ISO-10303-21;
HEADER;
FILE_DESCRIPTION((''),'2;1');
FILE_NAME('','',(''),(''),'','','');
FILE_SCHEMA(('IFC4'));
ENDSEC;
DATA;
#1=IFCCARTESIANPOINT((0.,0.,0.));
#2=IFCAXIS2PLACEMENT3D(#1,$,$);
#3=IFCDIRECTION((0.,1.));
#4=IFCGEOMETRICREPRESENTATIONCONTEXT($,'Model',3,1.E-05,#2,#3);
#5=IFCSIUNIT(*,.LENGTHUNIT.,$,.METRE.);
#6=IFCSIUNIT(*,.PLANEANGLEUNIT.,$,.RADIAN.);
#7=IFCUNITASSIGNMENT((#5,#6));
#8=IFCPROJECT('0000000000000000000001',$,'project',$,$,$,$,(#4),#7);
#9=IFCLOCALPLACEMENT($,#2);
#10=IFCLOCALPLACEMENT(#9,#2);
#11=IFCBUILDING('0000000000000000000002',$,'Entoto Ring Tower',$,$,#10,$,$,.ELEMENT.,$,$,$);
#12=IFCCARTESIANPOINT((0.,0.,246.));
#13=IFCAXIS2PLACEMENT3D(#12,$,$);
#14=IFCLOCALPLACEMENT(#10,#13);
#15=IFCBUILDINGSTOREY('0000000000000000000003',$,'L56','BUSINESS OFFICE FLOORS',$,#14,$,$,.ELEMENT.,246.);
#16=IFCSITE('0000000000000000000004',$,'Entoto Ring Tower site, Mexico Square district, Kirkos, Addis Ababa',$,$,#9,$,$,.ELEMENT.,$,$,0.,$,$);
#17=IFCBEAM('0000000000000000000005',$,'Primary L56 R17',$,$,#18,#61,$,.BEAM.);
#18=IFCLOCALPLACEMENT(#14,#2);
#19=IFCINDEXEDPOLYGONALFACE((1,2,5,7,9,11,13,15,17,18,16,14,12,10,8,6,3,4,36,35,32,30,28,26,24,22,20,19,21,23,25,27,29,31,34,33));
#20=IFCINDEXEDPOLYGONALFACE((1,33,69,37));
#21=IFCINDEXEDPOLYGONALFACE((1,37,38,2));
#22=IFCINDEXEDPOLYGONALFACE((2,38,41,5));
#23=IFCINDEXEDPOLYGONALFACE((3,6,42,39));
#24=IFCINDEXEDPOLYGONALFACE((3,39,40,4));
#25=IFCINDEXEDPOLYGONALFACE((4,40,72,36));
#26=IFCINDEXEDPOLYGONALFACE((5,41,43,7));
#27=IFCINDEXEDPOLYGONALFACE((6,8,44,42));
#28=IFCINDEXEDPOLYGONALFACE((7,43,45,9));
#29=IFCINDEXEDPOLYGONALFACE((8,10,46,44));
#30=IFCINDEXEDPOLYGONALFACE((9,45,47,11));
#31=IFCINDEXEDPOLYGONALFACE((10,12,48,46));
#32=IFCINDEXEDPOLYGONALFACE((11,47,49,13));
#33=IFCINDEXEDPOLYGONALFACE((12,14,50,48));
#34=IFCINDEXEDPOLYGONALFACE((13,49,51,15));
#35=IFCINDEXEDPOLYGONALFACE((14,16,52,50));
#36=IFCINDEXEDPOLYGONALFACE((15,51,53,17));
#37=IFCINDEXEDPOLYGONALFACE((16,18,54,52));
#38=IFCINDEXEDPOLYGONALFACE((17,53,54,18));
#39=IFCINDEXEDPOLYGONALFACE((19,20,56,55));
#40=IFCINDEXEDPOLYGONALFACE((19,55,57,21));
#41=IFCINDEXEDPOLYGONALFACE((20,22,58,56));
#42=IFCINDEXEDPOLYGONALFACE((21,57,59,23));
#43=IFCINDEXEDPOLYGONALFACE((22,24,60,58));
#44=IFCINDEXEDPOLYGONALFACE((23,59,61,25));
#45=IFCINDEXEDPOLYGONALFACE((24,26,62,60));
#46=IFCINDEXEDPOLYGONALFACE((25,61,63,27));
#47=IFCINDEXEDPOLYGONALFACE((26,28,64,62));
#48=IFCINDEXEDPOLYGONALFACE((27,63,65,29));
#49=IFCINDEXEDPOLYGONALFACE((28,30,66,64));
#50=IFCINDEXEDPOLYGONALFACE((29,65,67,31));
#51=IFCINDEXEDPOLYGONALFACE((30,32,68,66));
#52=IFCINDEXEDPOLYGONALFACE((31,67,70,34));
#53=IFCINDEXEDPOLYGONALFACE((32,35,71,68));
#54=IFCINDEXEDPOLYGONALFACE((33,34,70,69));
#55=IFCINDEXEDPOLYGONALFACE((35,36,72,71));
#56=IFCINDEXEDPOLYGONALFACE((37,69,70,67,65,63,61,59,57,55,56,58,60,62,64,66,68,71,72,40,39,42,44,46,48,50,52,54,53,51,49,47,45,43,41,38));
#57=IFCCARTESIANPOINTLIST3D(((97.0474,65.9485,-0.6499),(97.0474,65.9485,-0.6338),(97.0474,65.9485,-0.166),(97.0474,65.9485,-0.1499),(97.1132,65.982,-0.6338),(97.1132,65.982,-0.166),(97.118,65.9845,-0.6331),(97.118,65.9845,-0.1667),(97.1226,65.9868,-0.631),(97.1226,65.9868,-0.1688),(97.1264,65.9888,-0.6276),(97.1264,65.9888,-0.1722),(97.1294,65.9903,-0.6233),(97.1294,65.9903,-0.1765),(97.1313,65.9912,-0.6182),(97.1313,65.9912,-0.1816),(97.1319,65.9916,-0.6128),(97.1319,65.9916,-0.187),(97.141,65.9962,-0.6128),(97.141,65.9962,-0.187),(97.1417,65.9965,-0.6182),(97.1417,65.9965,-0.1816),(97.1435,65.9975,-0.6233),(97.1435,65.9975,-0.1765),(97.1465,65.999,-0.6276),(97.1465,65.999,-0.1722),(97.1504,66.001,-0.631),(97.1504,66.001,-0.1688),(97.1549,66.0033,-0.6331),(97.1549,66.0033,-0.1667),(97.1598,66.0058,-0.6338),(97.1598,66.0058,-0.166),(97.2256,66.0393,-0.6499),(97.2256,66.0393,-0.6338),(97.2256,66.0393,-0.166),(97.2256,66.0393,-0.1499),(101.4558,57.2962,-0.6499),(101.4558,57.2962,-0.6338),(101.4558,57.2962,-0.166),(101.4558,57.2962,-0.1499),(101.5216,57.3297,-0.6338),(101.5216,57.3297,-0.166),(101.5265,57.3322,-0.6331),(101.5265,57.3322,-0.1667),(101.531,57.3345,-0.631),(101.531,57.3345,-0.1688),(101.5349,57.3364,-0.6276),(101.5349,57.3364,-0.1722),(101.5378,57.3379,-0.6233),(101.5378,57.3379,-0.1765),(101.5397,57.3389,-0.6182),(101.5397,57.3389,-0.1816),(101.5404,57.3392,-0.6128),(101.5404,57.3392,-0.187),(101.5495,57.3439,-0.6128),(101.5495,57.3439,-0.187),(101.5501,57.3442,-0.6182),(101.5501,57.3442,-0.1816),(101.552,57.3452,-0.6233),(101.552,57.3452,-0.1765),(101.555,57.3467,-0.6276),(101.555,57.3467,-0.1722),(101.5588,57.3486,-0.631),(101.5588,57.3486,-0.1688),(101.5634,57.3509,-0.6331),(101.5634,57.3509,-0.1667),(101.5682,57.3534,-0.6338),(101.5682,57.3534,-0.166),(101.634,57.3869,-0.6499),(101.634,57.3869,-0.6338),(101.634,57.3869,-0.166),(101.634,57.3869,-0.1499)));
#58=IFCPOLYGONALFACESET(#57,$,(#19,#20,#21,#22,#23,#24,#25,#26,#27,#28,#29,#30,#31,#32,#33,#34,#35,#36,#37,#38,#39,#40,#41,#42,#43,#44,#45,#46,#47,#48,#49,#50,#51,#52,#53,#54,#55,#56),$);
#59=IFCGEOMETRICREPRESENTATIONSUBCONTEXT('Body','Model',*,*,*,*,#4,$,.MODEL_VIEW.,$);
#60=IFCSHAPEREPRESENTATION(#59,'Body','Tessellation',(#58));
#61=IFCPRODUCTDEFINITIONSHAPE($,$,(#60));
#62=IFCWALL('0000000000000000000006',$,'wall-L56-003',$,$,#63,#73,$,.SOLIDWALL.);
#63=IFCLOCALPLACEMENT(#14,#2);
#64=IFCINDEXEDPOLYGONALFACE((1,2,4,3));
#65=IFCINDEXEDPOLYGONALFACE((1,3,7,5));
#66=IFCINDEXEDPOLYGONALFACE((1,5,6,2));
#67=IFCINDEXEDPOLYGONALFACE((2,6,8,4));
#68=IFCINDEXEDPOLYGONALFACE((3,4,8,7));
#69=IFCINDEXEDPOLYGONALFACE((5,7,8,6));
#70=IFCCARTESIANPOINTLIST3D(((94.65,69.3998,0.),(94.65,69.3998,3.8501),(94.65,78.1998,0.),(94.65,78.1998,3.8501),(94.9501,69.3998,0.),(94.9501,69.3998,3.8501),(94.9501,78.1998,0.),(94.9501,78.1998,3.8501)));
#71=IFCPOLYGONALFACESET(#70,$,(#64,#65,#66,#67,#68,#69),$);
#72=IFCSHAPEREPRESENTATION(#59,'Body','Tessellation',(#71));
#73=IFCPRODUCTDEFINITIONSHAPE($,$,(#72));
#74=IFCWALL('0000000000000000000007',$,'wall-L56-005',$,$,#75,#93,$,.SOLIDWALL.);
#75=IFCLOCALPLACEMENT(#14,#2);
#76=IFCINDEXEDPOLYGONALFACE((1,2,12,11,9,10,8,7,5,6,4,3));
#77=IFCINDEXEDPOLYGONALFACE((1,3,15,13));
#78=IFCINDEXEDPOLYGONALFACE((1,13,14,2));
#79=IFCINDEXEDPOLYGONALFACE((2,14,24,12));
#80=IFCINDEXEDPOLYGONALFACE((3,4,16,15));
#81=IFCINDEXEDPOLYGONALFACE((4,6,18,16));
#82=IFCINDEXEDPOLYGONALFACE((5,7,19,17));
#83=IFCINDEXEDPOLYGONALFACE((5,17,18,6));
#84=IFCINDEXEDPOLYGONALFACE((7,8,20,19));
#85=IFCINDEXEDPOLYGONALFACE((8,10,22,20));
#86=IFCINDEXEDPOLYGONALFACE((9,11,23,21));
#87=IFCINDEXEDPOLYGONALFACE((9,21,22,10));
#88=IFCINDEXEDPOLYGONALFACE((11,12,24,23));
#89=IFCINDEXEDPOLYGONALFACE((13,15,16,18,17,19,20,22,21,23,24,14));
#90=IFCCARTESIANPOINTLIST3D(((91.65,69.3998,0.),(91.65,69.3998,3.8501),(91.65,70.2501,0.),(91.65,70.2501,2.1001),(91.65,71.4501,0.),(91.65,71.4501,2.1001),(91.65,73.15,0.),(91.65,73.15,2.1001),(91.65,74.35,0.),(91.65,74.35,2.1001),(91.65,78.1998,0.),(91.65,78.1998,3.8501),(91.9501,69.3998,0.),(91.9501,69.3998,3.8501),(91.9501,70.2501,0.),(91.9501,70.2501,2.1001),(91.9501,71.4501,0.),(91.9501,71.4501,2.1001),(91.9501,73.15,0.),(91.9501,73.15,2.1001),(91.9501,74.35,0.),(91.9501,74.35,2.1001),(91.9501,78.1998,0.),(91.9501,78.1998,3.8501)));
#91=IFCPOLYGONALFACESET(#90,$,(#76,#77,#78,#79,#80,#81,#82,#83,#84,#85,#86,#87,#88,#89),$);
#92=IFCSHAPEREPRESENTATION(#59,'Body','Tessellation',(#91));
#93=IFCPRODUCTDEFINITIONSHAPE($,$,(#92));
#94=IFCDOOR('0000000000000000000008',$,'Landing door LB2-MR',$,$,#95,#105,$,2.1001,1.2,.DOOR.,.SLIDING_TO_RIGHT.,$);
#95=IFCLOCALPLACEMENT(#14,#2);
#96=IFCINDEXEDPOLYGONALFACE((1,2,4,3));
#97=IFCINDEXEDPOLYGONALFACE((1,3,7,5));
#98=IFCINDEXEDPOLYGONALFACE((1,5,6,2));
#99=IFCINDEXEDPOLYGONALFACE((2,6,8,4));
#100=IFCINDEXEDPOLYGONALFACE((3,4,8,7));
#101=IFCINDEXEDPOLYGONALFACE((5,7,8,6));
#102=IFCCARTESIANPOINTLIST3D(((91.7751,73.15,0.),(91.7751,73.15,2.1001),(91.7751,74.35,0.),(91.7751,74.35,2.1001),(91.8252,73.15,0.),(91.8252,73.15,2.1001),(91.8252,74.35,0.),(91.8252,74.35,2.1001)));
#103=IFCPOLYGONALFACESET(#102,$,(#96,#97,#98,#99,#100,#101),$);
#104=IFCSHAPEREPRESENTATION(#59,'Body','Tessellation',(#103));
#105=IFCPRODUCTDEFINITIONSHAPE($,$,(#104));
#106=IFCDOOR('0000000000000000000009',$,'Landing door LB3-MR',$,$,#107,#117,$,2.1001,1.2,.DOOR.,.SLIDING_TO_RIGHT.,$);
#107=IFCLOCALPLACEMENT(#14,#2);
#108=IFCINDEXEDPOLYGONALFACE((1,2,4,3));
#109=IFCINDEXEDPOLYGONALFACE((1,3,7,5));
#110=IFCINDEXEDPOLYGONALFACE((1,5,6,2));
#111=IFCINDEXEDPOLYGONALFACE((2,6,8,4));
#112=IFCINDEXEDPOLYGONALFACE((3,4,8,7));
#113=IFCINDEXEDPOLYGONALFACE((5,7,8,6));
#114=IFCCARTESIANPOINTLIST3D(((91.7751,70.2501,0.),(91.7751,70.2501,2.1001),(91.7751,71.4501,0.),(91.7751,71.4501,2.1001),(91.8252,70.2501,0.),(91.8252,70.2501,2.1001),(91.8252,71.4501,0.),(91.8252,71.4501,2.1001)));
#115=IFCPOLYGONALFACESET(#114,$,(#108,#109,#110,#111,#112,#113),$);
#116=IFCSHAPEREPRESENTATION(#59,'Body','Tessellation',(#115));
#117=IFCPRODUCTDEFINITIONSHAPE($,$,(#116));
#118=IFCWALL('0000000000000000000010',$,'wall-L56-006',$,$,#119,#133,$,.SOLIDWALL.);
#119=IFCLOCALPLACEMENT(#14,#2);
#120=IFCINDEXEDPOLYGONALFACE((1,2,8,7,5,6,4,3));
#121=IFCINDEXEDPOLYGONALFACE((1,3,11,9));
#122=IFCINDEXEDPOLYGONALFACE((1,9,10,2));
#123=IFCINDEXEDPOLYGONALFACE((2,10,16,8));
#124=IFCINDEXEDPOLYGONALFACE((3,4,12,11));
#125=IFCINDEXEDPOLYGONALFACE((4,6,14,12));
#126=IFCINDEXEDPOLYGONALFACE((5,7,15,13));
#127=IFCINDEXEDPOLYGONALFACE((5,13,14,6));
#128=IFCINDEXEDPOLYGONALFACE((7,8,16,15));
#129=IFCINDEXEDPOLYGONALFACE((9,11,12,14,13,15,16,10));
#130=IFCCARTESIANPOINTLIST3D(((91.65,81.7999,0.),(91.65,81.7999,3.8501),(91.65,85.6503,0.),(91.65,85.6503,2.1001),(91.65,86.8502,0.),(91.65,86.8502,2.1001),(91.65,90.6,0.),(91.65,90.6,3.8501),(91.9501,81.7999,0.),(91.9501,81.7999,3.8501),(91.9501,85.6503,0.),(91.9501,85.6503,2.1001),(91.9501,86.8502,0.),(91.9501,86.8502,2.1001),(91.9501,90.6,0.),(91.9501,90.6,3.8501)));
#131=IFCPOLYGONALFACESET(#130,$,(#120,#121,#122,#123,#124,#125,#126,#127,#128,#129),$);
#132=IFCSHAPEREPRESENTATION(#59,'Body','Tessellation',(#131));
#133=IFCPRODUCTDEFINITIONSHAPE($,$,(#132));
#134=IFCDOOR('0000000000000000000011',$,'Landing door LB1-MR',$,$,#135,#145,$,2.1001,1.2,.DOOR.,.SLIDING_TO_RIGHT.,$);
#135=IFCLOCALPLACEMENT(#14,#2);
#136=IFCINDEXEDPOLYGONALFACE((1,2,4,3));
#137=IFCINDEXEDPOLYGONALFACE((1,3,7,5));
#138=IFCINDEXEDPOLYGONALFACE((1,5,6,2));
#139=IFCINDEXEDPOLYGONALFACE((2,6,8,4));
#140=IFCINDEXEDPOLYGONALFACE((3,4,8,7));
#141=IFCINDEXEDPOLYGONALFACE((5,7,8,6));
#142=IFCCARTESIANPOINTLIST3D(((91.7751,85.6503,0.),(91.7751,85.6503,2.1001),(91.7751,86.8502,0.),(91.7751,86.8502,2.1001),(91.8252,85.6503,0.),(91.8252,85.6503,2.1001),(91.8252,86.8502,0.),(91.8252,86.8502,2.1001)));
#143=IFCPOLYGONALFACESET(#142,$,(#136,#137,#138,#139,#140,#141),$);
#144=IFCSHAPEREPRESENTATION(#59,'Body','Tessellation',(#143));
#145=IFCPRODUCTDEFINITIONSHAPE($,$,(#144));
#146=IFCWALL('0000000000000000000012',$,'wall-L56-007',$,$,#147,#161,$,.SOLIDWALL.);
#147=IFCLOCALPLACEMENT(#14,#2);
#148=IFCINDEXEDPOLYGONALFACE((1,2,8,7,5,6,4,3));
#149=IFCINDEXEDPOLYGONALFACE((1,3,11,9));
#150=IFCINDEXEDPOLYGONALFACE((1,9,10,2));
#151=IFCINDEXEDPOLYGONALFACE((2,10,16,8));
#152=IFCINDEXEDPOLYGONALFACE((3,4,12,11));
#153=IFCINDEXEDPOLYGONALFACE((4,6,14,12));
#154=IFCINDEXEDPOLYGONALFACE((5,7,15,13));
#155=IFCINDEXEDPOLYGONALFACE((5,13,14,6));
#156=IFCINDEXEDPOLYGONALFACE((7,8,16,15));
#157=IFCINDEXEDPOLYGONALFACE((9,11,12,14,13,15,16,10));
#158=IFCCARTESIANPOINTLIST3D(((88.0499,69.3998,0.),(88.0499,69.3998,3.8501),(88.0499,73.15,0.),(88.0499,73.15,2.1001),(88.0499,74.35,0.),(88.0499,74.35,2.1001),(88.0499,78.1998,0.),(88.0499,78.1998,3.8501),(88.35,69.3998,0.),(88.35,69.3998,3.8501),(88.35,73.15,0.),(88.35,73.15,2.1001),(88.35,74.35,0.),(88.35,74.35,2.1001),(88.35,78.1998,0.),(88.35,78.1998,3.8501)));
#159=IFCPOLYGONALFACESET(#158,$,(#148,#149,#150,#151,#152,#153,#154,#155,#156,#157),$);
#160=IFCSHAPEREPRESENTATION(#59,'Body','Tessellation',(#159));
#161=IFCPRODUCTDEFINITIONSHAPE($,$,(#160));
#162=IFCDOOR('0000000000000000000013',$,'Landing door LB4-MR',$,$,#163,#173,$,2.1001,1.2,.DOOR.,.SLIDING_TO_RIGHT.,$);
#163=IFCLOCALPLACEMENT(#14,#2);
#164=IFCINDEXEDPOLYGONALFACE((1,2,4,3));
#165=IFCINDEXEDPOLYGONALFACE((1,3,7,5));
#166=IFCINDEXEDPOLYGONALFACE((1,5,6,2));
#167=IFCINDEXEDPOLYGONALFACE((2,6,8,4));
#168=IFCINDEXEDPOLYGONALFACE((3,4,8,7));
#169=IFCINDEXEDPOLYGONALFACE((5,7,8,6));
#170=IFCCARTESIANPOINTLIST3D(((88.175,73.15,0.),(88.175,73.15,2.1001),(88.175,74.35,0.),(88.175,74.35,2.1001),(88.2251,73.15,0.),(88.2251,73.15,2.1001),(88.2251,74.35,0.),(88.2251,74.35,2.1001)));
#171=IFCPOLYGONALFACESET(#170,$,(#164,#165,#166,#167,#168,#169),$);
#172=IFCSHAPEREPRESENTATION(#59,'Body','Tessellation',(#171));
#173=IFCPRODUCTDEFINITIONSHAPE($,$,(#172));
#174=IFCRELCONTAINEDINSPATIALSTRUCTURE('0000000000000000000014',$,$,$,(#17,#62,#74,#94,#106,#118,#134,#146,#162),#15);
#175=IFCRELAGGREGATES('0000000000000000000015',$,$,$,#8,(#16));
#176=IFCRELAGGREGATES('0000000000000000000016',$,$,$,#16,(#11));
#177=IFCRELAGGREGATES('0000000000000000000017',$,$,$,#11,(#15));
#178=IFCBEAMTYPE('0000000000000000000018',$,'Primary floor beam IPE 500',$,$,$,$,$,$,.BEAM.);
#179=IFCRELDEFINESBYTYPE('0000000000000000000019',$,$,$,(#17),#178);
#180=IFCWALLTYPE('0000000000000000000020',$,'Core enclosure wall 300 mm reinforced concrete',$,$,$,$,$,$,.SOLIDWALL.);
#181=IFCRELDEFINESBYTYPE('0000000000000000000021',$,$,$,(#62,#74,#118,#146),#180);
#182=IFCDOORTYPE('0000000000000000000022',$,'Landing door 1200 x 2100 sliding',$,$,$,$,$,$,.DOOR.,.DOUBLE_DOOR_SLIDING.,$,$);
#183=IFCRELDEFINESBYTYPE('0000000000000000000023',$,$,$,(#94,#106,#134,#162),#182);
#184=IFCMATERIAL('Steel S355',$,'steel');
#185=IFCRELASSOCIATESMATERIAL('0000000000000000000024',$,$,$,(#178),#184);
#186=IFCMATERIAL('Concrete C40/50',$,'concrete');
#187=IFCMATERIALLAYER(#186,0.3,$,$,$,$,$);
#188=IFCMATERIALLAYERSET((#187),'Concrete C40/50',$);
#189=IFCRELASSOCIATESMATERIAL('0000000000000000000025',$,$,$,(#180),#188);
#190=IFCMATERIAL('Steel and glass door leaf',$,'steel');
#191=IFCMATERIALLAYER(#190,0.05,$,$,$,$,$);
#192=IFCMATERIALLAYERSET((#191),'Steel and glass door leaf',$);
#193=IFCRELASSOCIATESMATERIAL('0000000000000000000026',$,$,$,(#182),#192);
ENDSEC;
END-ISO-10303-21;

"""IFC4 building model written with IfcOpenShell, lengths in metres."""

from ifc_helpers import new_model, si_unit, direction, frame, frame_2d, origin, origin_2d, place, context, subcontext, project, spatial, rectangle, i_section, extrude, material, layer, layer_set, material_profile, profile_set, type_object, element, fill, save


model = new_model("IFC4")

# Units and contexts
model_context = context("Model", 3, precision=1e-05, world=origin(), true_north=direction((0.0, 1.0)))
body_context = subcontext(model_context, "Body", "Model", "MODEL_VIEW")
ifc_project = project(units=[si_unit("LENGTHUNIT", "METRE"), si_unit("PLANEANGLEUNIT", "RADIAN")], contexts=[model_context])

# Site, building, storey
site_placement = place(None, origin())
site = spatial("IfcSite", under=ifc_project, at=site_placement, Name="Entoto Ring Tower site, Mexico Square district, Kirkos, Addis Ababa", CompositionType="ELEMENT", RefElevation=0.0)
building_placement = place(site_placement, origin())
building = spatial("IfcBuilding", under=site, at=building_placement, Name="Entoto Ring Tower", CompositionType="ELEMENT")
storey_placement = place(building_placement, frame((0.0, 0.0, 246.0)))
storey = spatial("IfcBuildingStorey", under=building, at=storey_placement, Name="L56", Description="BUSINESS OFFICE FLOORS", CompositionType="ELEMENT", Elevation=246.0)

# Beam
ifc_material_1 = material(Name="Steel S355", Category="steel")
ifc_material_profile = material_profile(ifc_material_1, i_section(OverallWidth=0.2, OverallDepth=0.5, WebThickness=0.0103, FlangeThickness=0.0161, FilletRadius=0.021, at=origin_2d()), Name="IPE 500")
ifc_profile_set = profile_set([ifc_material_profile], Name="Steel S355")
beam_type = type_object("IfcBeamType", Name="Primary floor beam IPE 500", PredefinedType="BEAM", material=ifc_profile_set)
beam_placement = place(storey_placement, frame((97.1365, 65.9939, -0.3999), z_axis=(0.453979, -0.891012, 0.0), x_axis=(0.891012, 0.453979, 0.0)))
element("IfcBeam", 1, at=beam_placement, inside=storey, type_object=beam_type, Name="Primary L56 R17", PredefinedType="BEAM", context=body_context, shape_type="SweptSolid", body=[
    extrude(i_section(OverallWidth=0.2, OverallDepth=0.5, WebThickness=0.0103, FlangeThickness=0.0161, FilletRadius=0.021, at=origin_2d()), origin(), (0.0, 0.0, 1.0), 9.7107),
])

# Wall
ifc_material_2 = material(Name="Concrete C40/50", Category="concrete")
ifc_layer_1 = layer(ifc_material_2, 0.3)
ifc_layer_set_1 = layer_set([ifc_layer_1], Name="Concrete C40/50")
wall_type_1 = type_object("IfcWallType", Name="Core enclosure wall 300 mm reinforced concrete", PredefinedType="SOLIDWALL", material=ifc_layer_set_1)
wall_1_placement = place(storey_placement, frame((94.8, 69.3999, 0.0), z_axis=(0.0, 0.0, 1.0), x_axis=(0.0, 1.0, 0.0)))
element("IfcWall", 2, at=wall_1_placement, inside=storey, type_object=wall_type_1, Name="wall-L56-003", PredefinedType="SOLIDWALL", context=body_context, shape_type="SweptSolid", body=[
    extrude(rectangle(XDim=8.8, YDim=0.3, at=frame_2d((4.3999, 0.0))), origin(), (0.0, 0.0, 1.0), 3.8501),
])

# Wall, openings, doors
wall_2_placement = place(storey_placement, frame((91.8, 69.3999, 0.0), z_axis=(0.0, 0.0, 1.0), x_axis=(0.0, 1.0, 0.0)))
wall_2 = element("IfcWall", 3, at=wall_2_placement, inside=storey, type_object=wall_type_1, Name="wall-L56-005", PredefinedType="SOLIDWALL", context=body_context, shape_type="SweptSolid", body=[
    extrude(rectangle(XDim=8.8, YDim=0.3, at=frame_2d((4.3999, 0.0))), origin(), (0.0, 0.0, 1.0), 3.8501),
])
opening_1_placement = place(wall_2_placement, frame((3.75, 0.0, 0.0)))
opening_1 = element("IfcOpeningElement", 4, at=opening_1_placement, cuts=wall_2, PredefinedType="OPENING", context=body_context, shape_type="SweptSolid", body=[
    extrude(rectangle(XDim=1.2, YDim=2.1001, at=frame_2d((0.6001, 1.05))), frame((0.0, 0.1602, 0.0), z_axis=(0.0, -1.0, 0.0), x_axis=(1.0, 0.0, 0.0)), (0.0, 0.0, 1.0), 0.3201),
])
opening_2_placement = place(wall_2_placement, frame((0.8501, 0.0, 0.0)))
opening_2 = element("IfcOpeningElement", 5, at=opening_2_placement, cuts=wall_2, PredefinedType="OPENING", context=body_context, shape_type="SweptSolid", body=[
    extrude(rectangle(XDim=1.2, YDim=2.1001, at=frame_2d((0.6001, 1.05))), frame((0.0, 0.1602, 0.0), z_axis=(0.0, -1.0, 0.0), x_axis=(1.0, 0.0, 0.0)), (0.0, 0.0, 1.0), 0.3201),
])
ifc_material_3 = material(Name="Steel and glass door leaf", Category="steel")
ifc_layer_2 = layer(ifc_material_3, 0.05)
ifc_layer_set_2 = layer_set([ifc_layer_2], Name="Steel and glass door leaf")
door_type_1 = type_object("IfcDoorType", Name="Landing door 1200 x 2100 sliding", OperationType="DOUBLE_DOOR_SLIDING", PredefinedType="DOOR", material=ifc_layer_set_2)
door_1_placement = place(opening_1_placement, origin())
door_1 = element("IfcDoor", 6, at=door_1_placement, inside=storey, type_object=door_type_1, Name="Landing door LB2-MR", OperationType="SLIDING_TO_RIGHT", OverallHeight=2.1001, OverallWidth=1.2, PredefinedType="DOOR", context=body_context, shape_type="SweptSolid", body=[
    extrude(rectangle(XDim=1.2, YDim=2.1001, at=frame_2d((0.6001, 1.05))), frame((0.0, 0.0249, 0.0), z_axis=(0.0, -1.0, 0.0), x_axis=(1.0, 0.0, 0.0)), (0.0, 0.0, 1.0), 0.05),
])
fill(opening_1, door_1)
door_2_placement = place(opening_2_placement, origin())
door_2 = element("IfcDoor", 7, at=door_2_placement, inside=storey, type_object=door_type_1, Name="Landing door LB3-MR", OperationType="SLIDING_TO_RIGHT", OverallHeight=2.1001, OverallWidth=1.2, PredefinedType="DOOR", context=body_context, shape_type="SweptSolid", body=[
    extrude(rectangle(XDim=1.2, YDim=2.1001, at=frame_2d((0.6001, 1.05))), frame((0.0, 0.0249, 0.0), z_axis=(0.0, -1.0, 0.0), x_axis=(1.0, 0.0, 0.0)), (0.0, 0.0, 1.0), 0.05),
])
fill(opening_2, door_2)

# Walls, openings, doors
wall_3_placement = place(storey_placement, frame((91.8, 81.8, 0.0), z_axis=(0.0, 0.0, 1.0), x_axis=(0.0, 1.0, 0.0)))
wall_3 = element("IfcWall", 8, at=wall_3_placement, inside=storey, type_object=wall_type_1, Name="wall-L56-006", PredefinedType="SOLIDWALL", context=body_context, shape_type="SweptSolid", body=[
    extrude(rectangle(XDim=8.8, YDim=0.3, at=frame_2d((4.3999, 0.0))), origin(), (0.0, 0.0, 1.0), 3.8501),
])
opening_3_placement = place(wall_3_placement, frame((3.8501, 0.0, 0.0)))
opening_3 = element("IfcOpeningElement", 9, at=opening_3_placement, cuts=wall_3, PredefinedType="OPENING", context=body_context, shape_type="SweptSolid", body=[
    extrude(rectangle(XDim=1.2, YDim=2.1001, at=frame_2d((0.6001, 1.05))), frame((0.0, 0.1602, 0.0), z_axis=(0.0, -1.0, 0.0), x_axis=(1.0, 0.0, 0.0)), (0.0, 0.0, 1.0), 0.3201),
])
door_3_placement = place(opening_3_placement, origin())
door_3 = element("IfcDoor", 10, at=door_3_placement, inside=storey, type_object=door_type_1, Name="Landing door LB1-MR", OperationType="SLIDING_TO_RIGHT", OverallHeight=2.1001, OverallWidth=1.2, PredefinedType="DOOR", context=body_context, shape_type="SweptSolid", body=[
    extrude(rectangle(XDim=1.2, YDim=2.1001, at=frame_2d((0.6001, 1.05))), frame((0.0, 0.0249, 0.0), z_axis=(0.0, -1.0, 0.0), x_axis=(1.0, 0.0, 0.0)), (0.0, 0.0, 1.0), 0.05),
])
fill(opening_3, door_3)
wall_4_placement = place(storey_placement, frame((88.2, 69.3999, 0.0), z_axis=(0.0, 0.0, 1.0), x_axis=(0.0, 1.0, 0.0)))
wall_4 = element("IfcWall", 11, at=wall_4_placement, inside=storey, type_object=wall_type_1, Name="wall-L56-007", PredefinedType="SOLIDWALL", context=body_context, shape_type="SweptSolid", body=[
    extrude(rectangle(XDim=8.8, YDim=0.3, at=frame_2d((4.3999, 0.0))), origin(), (0.0, 0.0, 1.0), 3.8501),
])
opening_4_placement = place(wall_4_placement, frame((3.75, 0.0, 0.0)))
opening_4 = element("IfcOpeningElement", 12, at=opening_4_placement, cuts=wall_4, PredefinedType="OPENING", context=body_context, shape_type="SweptSolid", body=[
    extrude(rectangle(XDim=1.2, YDim=2.1001, at=frame_2d((0.6001, 1.05))), frame((0.0, 0.1602, 0.0), z_axis=(0.0, -1.0, 0.0), x_axis=(1.0, 0.0, 0.0)), (0.0, 0.0, 1.0), 0.3201),
])
door_4_placement = place(opening_4_placement, origin())
door_4 = element("IfcDoor", 13, at=door_4_placement, inside=storey, type_object=door_type_1, Name="Landing door LB4-MR", OperationType="SLIDING_TO_RIGHT", OverallHeight=2.1001, OverallWidth=1.2, PredefinedType="DOOR", context=body_context, shape_type="SweptSolid", body=[
    extrude(rectangle(XDim=1.2, YDim=2.1001, at=frame_2d((0.6001, 1.05))), frame((0.0, 0.0249, 0.0), z_axis=(0.0, -1.0, 0.0), x_axis=(1.0, 0.0, 0.0)), (0.0, 0.0, 1.0), 0.05),
])
fill(opening_4, door_4)

save(model, "model.ifc")
